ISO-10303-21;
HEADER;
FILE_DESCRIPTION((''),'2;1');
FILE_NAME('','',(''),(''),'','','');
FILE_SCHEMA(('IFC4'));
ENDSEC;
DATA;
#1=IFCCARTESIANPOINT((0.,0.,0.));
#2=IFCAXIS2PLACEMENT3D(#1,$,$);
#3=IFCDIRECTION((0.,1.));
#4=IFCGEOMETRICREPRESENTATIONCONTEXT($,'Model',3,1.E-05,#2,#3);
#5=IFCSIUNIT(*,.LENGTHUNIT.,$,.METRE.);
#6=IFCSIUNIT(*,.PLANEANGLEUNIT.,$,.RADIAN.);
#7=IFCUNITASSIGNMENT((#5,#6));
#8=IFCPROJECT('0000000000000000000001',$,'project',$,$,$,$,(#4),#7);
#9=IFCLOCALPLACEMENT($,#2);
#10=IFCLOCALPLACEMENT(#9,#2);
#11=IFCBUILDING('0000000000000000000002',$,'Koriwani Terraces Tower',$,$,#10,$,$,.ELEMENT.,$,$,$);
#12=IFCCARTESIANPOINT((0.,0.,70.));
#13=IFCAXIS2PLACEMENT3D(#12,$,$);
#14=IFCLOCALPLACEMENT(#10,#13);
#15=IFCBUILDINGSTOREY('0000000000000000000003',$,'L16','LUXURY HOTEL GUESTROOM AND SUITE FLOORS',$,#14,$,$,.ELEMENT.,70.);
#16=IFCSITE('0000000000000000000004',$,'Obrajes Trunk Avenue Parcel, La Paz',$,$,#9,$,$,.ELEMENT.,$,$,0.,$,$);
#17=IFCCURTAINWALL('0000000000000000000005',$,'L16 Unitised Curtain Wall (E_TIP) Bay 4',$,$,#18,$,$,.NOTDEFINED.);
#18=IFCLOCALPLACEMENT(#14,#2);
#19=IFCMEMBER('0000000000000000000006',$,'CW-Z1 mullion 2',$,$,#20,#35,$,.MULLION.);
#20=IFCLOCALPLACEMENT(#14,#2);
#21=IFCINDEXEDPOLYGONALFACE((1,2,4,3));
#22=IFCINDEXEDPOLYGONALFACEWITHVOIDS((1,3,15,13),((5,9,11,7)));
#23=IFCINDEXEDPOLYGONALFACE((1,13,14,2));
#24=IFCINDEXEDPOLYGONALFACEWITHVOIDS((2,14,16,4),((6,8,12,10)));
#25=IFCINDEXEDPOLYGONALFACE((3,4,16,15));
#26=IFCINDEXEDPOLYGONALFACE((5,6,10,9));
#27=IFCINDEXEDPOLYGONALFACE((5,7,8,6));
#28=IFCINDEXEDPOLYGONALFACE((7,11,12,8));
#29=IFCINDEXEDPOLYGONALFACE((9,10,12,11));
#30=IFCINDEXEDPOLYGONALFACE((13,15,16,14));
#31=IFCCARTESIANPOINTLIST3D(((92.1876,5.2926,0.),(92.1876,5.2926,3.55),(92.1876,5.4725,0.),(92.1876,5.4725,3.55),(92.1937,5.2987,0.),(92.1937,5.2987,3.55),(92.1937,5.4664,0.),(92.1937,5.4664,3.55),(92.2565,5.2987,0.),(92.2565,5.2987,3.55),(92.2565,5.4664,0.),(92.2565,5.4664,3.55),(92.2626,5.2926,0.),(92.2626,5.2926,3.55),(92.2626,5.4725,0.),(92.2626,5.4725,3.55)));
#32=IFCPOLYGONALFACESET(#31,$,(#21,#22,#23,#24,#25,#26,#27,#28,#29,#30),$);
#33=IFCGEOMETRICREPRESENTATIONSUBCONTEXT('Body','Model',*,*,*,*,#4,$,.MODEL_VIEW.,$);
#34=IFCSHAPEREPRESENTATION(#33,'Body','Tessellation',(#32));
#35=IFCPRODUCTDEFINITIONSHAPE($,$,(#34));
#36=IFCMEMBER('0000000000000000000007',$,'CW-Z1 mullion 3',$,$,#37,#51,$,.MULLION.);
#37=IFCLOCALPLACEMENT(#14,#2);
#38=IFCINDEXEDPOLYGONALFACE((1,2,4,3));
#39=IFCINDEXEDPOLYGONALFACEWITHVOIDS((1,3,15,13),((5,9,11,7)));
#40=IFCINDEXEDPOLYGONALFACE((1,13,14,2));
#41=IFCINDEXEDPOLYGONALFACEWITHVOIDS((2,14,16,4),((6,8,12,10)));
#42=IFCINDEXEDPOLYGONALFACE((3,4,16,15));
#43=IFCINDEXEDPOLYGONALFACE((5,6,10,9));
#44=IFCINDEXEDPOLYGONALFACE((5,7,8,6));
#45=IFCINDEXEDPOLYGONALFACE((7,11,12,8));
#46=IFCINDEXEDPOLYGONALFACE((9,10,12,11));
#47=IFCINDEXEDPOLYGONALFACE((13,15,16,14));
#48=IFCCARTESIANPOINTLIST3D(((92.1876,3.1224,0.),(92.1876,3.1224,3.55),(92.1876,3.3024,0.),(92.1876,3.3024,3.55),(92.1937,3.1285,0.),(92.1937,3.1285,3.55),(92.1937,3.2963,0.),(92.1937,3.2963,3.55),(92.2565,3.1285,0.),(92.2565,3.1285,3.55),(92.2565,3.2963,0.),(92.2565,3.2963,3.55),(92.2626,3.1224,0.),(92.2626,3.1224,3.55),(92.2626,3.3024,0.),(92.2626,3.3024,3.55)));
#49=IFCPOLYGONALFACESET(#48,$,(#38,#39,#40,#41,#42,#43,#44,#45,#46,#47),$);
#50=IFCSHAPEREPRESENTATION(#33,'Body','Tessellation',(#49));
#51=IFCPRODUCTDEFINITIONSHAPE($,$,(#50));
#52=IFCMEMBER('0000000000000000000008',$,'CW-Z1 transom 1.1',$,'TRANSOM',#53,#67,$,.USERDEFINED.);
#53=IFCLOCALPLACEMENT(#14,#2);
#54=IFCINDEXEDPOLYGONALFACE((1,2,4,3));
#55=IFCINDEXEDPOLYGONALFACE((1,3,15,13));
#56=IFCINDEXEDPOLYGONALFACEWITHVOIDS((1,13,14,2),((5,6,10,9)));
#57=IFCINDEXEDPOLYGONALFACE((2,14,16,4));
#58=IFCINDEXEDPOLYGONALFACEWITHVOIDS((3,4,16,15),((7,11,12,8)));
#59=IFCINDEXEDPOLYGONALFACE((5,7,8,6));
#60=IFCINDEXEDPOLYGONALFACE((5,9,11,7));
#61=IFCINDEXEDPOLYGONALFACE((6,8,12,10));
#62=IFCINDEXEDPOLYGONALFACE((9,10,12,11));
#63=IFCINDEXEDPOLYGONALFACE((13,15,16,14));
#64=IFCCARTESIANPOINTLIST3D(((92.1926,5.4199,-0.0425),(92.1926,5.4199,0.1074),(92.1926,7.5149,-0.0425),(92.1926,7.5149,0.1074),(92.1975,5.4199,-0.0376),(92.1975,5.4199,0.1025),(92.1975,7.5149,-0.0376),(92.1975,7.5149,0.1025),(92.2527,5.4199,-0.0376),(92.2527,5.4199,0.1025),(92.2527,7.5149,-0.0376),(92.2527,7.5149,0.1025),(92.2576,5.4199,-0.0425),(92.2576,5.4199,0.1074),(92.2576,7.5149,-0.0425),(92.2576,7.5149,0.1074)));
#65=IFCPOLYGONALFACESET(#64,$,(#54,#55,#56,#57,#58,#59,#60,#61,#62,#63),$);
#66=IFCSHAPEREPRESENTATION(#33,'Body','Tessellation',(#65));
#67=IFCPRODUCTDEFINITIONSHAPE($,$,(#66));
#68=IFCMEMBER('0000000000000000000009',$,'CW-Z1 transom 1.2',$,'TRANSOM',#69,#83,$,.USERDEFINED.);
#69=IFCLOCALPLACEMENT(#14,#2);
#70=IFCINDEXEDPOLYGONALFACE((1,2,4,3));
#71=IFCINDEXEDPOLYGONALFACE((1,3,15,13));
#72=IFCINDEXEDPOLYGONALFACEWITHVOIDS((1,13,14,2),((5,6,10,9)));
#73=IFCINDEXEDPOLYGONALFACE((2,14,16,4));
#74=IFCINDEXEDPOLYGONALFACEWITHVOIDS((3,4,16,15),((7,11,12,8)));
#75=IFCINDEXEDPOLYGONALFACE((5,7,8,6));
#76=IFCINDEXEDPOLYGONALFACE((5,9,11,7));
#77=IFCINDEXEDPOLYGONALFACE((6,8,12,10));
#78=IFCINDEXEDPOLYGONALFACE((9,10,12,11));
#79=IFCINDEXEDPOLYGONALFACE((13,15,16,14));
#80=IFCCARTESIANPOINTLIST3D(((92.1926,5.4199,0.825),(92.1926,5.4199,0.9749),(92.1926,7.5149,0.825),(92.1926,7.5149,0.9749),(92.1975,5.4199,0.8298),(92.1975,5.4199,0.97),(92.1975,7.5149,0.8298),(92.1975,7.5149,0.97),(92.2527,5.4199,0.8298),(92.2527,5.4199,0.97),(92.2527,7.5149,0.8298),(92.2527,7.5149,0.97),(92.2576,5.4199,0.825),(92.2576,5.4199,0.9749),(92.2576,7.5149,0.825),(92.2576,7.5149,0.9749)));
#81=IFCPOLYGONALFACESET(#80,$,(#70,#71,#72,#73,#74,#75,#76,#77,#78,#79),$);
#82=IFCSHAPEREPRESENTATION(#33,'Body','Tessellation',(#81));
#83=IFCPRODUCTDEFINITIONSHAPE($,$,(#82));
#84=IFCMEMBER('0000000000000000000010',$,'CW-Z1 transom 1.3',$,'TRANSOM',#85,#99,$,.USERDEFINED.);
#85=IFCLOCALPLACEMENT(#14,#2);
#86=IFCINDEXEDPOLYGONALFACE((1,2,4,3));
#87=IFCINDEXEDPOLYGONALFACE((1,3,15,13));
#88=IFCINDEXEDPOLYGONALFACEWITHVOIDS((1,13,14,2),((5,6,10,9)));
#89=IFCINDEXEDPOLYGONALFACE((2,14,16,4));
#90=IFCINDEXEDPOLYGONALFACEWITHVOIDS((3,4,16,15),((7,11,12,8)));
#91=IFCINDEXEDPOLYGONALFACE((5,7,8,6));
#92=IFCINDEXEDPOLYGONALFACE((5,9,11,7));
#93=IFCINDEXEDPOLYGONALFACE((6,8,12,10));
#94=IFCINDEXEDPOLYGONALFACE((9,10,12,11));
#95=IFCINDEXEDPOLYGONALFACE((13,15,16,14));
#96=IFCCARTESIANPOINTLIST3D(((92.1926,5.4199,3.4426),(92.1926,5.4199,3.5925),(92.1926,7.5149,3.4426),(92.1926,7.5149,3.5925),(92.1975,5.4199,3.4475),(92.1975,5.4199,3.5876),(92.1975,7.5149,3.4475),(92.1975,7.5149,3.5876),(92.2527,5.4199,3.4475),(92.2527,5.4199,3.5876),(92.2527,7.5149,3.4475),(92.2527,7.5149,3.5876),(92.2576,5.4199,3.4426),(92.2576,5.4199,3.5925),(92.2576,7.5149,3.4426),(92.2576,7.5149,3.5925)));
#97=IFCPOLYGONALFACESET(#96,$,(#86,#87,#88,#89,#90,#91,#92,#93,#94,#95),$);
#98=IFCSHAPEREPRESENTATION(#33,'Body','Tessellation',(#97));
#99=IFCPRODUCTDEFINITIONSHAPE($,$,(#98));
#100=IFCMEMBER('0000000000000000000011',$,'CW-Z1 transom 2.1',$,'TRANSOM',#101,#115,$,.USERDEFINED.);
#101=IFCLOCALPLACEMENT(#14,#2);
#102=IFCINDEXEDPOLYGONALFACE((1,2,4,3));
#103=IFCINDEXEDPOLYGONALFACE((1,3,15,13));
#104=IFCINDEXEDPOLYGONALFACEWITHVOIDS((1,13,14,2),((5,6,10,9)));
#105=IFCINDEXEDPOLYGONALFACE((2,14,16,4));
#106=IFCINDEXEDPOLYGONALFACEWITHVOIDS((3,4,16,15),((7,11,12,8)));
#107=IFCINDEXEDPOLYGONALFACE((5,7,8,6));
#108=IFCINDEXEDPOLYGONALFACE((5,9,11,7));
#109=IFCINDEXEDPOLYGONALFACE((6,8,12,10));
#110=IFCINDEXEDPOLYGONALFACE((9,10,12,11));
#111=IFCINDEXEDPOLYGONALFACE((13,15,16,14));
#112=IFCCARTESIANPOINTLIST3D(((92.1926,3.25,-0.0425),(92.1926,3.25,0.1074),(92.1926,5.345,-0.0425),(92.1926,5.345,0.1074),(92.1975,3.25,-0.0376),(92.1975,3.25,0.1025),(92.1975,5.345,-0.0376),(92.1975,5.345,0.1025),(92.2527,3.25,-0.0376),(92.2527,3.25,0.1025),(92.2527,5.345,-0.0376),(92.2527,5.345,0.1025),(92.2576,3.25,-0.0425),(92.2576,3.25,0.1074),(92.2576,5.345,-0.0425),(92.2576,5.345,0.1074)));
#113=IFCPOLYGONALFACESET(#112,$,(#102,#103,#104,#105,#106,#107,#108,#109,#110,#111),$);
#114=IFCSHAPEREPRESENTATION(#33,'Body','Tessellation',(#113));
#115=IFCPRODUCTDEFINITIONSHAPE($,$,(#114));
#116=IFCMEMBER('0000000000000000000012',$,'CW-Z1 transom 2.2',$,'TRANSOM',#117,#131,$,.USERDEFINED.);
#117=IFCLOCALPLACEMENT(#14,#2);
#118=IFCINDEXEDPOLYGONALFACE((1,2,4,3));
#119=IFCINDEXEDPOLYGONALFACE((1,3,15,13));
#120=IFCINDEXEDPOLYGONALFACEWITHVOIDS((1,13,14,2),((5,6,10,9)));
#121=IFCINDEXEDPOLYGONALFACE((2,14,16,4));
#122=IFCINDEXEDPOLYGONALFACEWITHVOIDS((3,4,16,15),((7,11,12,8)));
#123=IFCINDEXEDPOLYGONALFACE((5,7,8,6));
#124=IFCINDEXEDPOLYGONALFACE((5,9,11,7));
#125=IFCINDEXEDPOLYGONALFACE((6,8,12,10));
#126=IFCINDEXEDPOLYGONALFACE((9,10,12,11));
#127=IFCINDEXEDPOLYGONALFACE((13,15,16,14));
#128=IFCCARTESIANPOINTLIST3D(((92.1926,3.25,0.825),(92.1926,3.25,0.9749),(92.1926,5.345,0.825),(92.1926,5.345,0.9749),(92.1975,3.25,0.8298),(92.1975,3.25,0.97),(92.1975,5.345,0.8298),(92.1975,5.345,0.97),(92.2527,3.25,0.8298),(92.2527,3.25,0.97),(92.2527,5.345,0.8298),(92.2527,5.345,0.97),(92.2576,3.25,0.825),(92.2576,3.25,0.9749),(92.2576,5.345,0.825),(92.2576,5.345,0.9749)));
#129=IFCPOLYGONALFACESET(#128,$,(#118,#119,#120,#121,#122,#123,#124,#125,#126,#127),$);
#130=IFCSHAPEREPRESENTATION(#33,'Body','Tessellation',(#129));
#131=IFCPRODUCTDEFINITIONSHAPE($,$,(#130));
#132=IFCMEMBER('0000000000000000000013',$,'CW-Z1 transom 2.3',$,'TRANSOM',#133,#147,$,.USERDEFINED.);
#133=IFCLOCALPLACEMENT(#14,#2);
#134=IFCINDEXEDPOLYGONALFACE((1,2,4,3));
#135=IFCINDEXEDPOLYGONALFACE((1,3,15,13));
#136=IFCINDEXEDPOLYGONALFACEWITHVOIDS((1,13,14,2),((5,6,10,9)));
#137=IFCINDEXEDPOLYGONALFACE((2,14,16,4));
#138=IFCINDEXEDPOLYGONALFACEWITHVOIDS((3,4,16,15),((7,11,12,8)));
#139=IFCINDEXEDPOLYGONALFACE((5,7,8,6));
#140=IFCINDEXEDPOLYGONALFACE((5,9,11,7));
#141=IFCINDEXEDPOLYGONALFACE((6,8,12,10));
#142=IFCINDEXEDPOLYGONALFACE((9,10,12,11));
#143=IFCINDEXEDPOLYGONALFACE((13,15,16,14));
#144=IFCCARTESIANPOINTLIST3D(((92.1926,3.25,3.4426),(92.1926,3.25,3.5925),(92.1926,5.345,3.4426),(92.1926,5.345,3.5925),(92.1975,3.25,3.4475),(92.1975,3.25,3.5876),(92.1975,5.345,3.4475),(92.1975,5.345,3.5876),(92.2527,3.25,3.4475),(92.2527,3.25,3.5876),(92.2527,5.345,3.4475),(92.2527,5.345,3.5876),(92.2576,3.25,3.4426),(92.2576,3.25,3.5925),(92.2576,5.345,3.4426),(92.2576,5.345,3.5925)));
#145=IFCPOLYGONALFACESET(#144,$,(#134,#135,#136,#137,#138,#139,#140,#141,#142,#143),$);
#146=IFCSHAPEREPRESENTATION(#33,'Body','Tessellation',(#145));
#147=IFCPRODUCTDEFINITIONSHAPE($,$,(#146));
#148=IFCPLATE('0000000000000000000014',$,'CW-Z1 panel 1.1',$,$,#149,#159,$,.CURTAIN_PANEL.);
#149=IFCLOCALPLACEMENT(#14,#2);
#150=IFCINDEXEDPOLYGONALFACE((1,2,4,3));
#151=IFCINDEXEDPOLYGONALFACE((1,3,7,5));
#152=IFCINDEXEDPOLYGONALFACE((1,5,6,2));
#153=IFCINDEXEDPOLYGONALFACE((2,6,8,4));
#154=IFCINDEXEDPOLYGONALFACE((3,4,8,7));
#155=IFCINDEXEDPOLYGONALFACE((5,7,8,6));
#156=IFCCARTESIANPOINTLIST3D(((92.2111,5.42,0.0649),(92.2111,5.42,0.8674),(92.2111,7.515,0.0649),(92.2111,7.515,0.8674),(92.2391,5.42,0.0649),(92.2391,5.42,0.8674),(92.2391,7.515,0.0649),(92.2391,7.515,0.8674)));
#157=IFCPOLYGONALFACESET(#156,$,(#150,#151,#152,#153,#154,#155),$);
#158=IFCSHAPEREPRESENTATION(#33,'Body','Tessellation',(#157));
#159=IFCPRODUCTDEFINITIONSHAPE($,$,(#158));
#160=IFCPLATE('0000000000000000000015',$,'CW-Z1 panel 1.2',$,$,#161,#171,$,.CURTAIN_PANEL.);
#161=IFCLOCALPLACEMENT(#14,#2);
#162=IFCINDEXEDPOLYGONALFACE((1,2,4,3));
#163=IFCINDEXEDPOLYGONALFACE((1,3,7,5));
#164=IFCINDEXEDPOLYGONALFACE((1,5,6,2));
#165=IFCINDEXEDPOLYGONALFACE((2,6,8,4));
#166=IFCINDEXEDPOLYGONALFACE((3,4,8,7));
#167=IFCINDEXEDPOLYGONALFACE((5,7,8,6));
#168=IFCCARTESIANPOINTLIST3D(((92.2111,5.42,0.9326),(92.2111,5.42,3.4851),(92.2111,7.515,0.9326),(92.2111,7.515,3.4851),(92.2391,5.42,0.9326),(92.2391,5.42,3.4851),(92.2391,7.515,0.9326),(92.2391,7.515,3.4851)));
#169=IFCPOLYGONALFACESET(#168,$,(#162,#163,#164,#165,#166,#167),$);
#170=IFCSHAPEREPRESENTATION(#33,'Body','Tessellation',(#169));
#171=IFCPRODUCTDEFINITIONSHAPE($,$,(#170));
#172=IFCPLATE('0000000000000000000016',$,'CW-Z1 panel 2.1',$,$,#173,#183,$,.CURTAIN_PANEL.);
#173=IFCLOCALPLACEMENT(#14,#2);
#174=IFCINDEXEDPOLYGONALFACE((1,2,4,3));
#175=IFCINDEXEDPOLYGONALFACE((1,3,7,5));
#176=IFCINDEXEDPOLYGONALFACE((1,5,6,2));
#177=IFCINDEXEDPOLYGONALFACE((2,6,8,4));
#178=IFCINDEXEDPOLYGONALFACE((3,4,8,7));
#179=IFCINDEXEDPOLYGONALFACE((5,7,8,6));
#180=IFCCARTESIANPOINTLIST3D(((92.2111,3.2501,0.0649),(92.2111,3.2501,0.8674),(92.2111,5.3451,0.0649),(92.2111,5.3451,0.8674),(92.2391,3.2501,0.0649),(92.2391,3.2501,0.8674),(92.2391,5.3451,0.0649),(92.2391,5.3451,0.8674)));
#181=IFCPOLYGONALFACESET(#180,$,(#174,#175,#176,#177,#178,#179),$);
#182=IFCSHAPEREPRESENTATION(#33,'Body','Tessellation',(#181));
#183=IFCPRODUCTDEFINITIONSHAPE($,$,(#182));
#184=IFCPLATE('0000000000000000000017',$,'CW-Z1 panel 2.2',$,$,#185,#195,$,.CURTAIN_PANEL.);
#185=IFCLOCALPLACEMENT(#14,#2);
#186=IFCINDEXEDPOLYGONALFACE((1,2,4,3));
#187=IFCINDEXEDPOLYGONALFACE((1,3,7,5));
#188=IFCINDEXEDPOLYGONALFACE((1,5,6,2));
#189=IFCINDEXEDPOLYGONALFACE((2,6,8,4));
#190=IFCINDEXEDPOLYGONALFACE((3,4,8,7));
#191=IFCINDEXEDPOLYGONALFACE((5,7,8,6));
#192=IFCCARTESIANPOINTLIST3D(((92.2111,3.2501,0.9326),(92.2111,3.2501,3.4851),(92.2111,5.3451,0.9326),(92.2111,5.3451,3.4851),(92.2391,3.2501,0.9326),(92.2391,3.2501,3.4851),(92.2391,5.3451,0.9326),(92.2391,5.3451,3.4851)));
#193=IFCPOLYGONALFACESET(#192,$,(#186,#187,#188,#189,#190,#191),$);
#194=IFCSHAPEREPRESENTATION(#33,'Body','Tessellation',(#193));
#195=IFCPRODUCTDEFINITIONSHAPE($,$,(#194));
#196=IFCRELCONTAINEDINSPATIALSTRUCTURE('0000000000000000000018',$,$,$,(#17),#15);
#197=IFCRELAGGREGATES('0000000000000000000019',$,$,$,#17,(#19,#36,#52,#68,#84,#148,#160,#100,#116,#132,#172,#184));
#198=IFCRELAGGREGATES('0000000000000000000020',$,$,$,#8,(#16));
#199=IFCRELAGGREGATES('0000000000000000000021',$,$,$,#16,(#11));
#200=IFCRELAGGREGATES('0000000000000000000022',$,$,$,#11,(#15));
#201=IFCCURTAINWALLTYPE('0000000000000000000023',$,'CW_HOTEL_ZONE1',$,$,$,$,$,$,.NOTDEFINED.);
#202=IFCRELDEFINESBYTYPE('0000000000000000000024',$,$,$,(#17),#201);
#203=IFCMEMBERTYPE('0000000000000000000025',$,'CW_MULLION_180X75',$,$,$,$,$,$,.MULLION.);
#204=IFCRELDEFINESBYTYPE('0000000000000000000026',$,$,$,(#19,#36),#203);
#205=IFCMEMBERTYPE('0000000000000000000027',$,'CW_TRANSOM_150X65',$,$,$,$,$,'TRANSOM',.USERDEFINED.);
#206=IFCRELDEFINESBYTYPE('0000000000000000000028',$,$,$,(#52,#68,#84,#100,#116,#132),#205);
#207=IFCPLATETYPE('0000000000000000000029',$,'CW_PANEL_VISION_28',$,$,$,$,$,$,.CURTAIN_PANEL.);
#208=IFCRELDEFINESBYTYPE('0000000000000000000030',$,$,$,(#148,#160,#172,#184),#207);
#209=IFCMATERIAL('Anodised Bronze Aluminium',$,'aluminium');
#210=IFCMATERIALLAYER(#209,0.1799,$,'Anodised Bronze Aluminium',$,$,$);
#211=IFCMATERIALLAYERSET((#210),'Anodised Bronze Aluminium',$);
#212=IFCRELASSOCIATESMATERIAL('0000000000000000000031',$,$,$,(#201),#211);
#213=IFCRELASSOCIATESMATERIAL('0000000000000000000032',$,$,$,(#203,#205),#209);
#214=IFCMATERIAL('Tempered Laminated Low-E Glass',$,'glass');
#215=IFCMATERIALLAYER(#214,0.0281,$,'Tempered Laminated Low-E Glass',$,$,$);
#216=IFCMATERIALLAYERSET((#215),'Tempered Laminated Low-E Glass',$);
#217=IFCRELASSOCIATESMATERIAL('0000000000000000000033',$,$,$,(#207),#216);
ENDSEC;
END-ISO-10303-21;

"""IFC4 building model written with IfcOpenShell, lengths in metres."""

from ifc_helpers import new_model, si_unit, direction, frame, origin, origin_2d, place, context, subcontext, project, spatial, rectangle, hollow_rectangle, extrude, material, layer, layer_set, material_profile, profile_set, type_object, element, aggregate, save


model = new_model("IFC4")

# Units and contexts
model_context = context("Model", 3, precision=1e-05, world=origin(), true_north=direction((0.0, 1.0)))
body_context = subcontext(model_context, "Body", "Model", "MODEL_VIEW")
ifc_project = project(units=[si_unit("LENGTHUNIT", "METRE"), si_unit("PLANEANGLEUNIT", "RADIAN")], contexts=[model_context])

# Site, building, storey
site_placement = place(None, origin())
site = spatial("IfcSite", under=ifc_project, at=site_placement, Name="Obrajes Trunk Avenue Parcel, La Paz", CompositionType="ELEMENT", RefElevation=0.0)
building_placement = place(site_placement, origin())
building = spatial("IfcBuilding", under=site, at=building_placement, Name="Koriwani Terraces Tower", CompositionType="ELEMENT")
storey_placement = place(building_placement, frame((0.0, 0.0, 70.0)))
storey = spatial("IfcBuildingStorey", under=building, at=storey_placement, Name="L16", Description="LUXURY HOTEL GUESTROOM AND SUITE FLOORS", CompositionType="ELEMENT", Elevation=70.0)

# Curtain wall, members, plates
ifc_material_1 = material(Name="Anodised Bronze Aluminium", Category="aluminium")
ifc_layer_1 = layer(ifc_material_1, 0.1799, Name="Anodised Bronze Aluminium")
ifc_layer_set_1 = layer_set([ifc_layer_1], Name="Anodised Bronze Aluminium")
curtain_wall_type = type_object("IfcCurtainWallType", Name="CW_HOTEL_ZONE1", PredefinedType="NOTDEFINED", material=ifc_layer_set_1)
curtain_wall_placement = place(storey_placement, origin())
curtain_wall = element("IfcCurtainWall", 1, at=curtain_wall_placement, inside=storey, type_object=curtain_wall_type, Name="L16 Unitised Curtain Wall (E_TIP) Bay 4", PredefinedType="NOTDEFINED")
ifc_material_profile_1 = material_profile(ifc_material_1, hollow_rectangle(XDim=0.075, YDim=0.1799, WallThickness=0.0061, at=origin_2d()), Name="Anodised Bronze Aluminium", Category="LoadBearing")
ifc_profile_set_1 = profile_set([ifc_material_profile_1], Name="Anodised Bronze Aluminium")
member_type_1 = type_object("IfcMemberType", Name="CW_MULLION_180X75", PredefinedType="MULLION", material=ifc_profile_set_1)
member_1_placement = place(storey_placement, frame((92.2251, 5.3826, 0.0), z_axis=(0.0, 0.0, 1.0), x_axis=(1.0, 0.0, 0.0)))
member_1 = element("IfcMember", 2, at=member_1_placement, type_object=member_type_1, Name="CW-Z1 mullion 2", PredefinedType="MULLION", context=body_context, shape_type="SweptSolid", body=[
    extrude(hollow_rectangle(XDim=0.075, YDim=0.1799, WallThickness=0.0061, at=origin_2d()), origin(), (0.0, 0.0, 1.0), 3.55),
])
member_2_placement = place(storey_placement, frame((92.2251, 3.2124, 0.0), z_axis=(0.0, 0.0, 1.0), x_axis=(1.0, 0.0, 0.0)))
member_2 = element("IfcMember", 3, at=member_2_placement, type_object=member_type_1, Name="CW-Z1 mullion 3", PredefinedType="MULLION", context=body_context, shape_type="SweptSolid", body=[
    extrude(hollow_rectangle(XDim=0.075, YDim=0.1799, WallThickness=0.0061, at=origin_2d()), origin(), (0.0, 0.0, 1.0), 3.55),
])
ifc_material_profile_2 = material_profile(ifc_material_1, hollow_rectangle(XDim=0.0649, YDim=0.1499, WallThickness=0.0049, at=origin_2d()), Name="Anodised Bronze Aluminium", Category="LoadBearing")
ifc_profile_set_2 = profile_set([ifc_material_profile_2], Name="Anodised Bronze Aluminium")
member_type_2 = type_object("IfcMemberType", Name="CW_TRANSOM_150X65", ElementType="TRANSOM", PredefinedType="USERDEFINED", material=ifc_profile_set_2)
member_3_placement = place(storey_placement, frame((92.2251, 7.5149, 0.0325), z_axis=(0.0, -1.0, 0.0), x_axis=(1.0, 0.0, 0.0)))
member_3 = element("IfcMember", 4, at=member_3_placement, type_object=member_type_2, Name="CW-Z1 transom 1.1", ObjectType="TRANSOM", PredefinedType="USERDEFINED", context=body_context, shape_type="SweptSolid", body=[
    extrude(hollow_rectangle(XDim=0.0649, YDim=0.1499, WallThickness=0.0049, at=origin_2d()), origin(), (0.0, 0.0, 1.0), 2.095),
])
member_4_placement = place(storey_placement, frame((92.2251, 7.5149, 0.8999), z_axis=(0.0, -1.0, 0.0), x_axis=(1.0, 0.0, 0.0)))
member_4 = element("IfcMember", 5, at=member_4_placement, type_object=member_type_2, Name="CW-Z1 transom 1.2", ObjectType="TRANSOM", PredefinedType="USERDEFINED", context=body_context, shape_type="SweptSolid", body=[
    extrude(hollow_rectangle(XDim=0.0649, YDim=0.1499, WallThickness=0.0049, at=origin_2d()), origin(), (0.0, 0.0, 1.0), 2.095),
])
member_5_placement = place(storey_placement, frame((92.2251, 7.5149, 3.5176), z_axis=(0.0, -1.0, 0.0), x_axis=(1.0, 0.0, 0.0)))
member_5 = element("IfcMember", 6, at=member_5_placement, type_object=member_type_2, Name="CW-Z1 transom 1.3", ObjectType="TRANSOM", PredefinedType="USERDEFINED", context=body_context, shape_type="SweptSolid", body=[
    extrude(hollow_rectangle(XDim=0.0649, YDim=0.1499, WallThickness=0.0049, at=origin_2d()), origin(), (0.0, 0.0, 1.0), 2.095),
])
member_6_placement = place(storey_placement, frame((92.2251, 5.345, 0.0325), z_axis=(0.0, -1.0, 0.0), x_axis=(1.0, 0.0, 0.0)))
member_6 = element("IfcMember", 7, at=member_6_placement, type_object=member_type_2, Name="CW-Z1 transom 2.1", ObjectType="TRANSOM", PredefinedType="USERDEFINED", context=body_context, shape_type="SweptSolid", body=[
    extrude(hollow_rectangle(XDim=0.0649, YDim=0.1499, WallThickness=0.0049, at=origin_2d()), origin(), (0.0, 0.0, 1.0), 2.095),
])
member_7_placement = place(storey_placement, frame((92.2251, 5.345, 0.8999), z_axis=(0.0, -1.0, 0.0), x_axis=(1.0, 0.0, 0.0)))
member_7 = element("IfcMember", 8, at=member_7_placement, type_object=member_type_2, Name="CW-Z1 transom 2.2", ObjectType="TRANSOM", PredefinedType="USERDEFINED", context=body_context, shape_type="SweptSolid", body=[
    extrude(hollow_rectangle(XDim=0.0649, YDim=0.1499, WallThickness=0.0049, at=origin_2d()), origin(), (0.0, 0.0, 1.0), 2.095),
])
member_8_placement = place(storey_placement, frame((92.2251, 5.345, 3.5176), z_axis=(0.0, -1.0, 0.0), x_axis=(1.0, 0.0, 0.0)))
member_8 = element("IfcMember", 9, at=member_8_placement, type_object=member_type_2, Name="CW-Z1 transom 2.3", ObjectType="TRANSOM", PredefinedType="USERDEFINED", context=body_context, shape_type="SweptSolid", body=[
    extrude(hollow_rectangle(XDim=0.0649, YDim=0.1499, WallThickness=0.0049, at=origin_2d()), origin(), (0.0, 0.0, 1.0), 2.095),
])
ifc_material_2 = material(Name="Tempered Laminated Low-E Glass", Category="glass")
ifc_layer_2 = layer(ifc_material_2, 0.0281, Name="Tempered Laminated Low-E Glass")
ifc_layer_set_2 = layer_set([ifc_layer_2], Name="Tempered Laminated Low-E Glass")
plate_type = type_object("IfcPlateType", Name="CW_PANEL_VISION_28", PredefinedType="CURTAIN_PANEL", material=ifc_layer_set_2)
plate_1_placement = place(storey_placement, frame((92.2251, 6.4675, 0.0649), z_axis=(0.0, 0.0, 1.0), x_axis=(0.0, -1.0, 0.0)))
plate_1 = element("IfcPlate", 10, at=plate_1_placement, type_object=plate_type, Name="CW-Z1 panel 1.1", PredefinedType="CURTAIN_PANEL", context=body_context, shape_type="SweptSolid", body=[
    extrude(rectangle(XDim=2.095, YDim=0.0281, at=origin_2d()), origin(), (0.0, 0.0, 1.0), 0.8025),
])
plate_2_placement = place(storey_placement, frame((92.2251, 6.4675, 0.9326), z_axis=(0.0, 0.0, 1.0), x_axis=(0.0, -1.0, 0.0)))
plate_2 = element("IfcPlate", 11, at=plate_2_placement, type_object=plate_type, Name="CW-Z1 panel 1.2", PredefinedType="CURTAIN_PANEL", context=body_context, shape_type="SweptSolid", body=[
    extrude(rectangle(XDim=2.095, YDim=0.0281, at=origin_2d()), origin(), (0.0, 0.0, 1.0), 2.5525),
])
plate_3_placement = place(storey_placement, frame((92.2251, 4.2976, 0.0649), z_axis=(0.0, 0.0, 1.0), x_axis=(0.0, -1.0, 0.0)))
plate_3 = element("IfcPlate", 12, at=plate_3_placement, type_object=plate_type, Name="CW-Z1 panel 2.1", PredefinedType="CURTAIN_PANEL", context=body_context, shape_type="SweptSolid", body=[
    extrude(rectangle(XDim=2.095, YDim=0.0281, at=origin_2d()), origin(), (0.0, 0.0, 1.0), 0.8025),
])
plate_4_placement = place(storey_placement, frame((92.2251, 4.2976, 0.9326), z_axis=(0.0, 0.0, 1.0), x_axis=(0.0, -1.0, 0.0)))
plate_4 = element("IfcPlate", 13, at=plate_4_placement, type_object=plate_type, Name="CW-Z1 panel 2.2", PredefinedType="CURTAIN_PANEL", context=body_context, shape_type="SweptSolid", body=[
    extrude(rectangle(XDim=2.095, YDim=0.0281, at=origin_2d()), origin(), (0.0, 0.0, 1.0), 2.5525),
])
aggregate(curtain_wall, [member_1, member_2, member_3, member_4, member_5, plate_1, plate_2, member_6, member_7, member_8, plate_3, plate_4])

save(model, "model.ifc")
